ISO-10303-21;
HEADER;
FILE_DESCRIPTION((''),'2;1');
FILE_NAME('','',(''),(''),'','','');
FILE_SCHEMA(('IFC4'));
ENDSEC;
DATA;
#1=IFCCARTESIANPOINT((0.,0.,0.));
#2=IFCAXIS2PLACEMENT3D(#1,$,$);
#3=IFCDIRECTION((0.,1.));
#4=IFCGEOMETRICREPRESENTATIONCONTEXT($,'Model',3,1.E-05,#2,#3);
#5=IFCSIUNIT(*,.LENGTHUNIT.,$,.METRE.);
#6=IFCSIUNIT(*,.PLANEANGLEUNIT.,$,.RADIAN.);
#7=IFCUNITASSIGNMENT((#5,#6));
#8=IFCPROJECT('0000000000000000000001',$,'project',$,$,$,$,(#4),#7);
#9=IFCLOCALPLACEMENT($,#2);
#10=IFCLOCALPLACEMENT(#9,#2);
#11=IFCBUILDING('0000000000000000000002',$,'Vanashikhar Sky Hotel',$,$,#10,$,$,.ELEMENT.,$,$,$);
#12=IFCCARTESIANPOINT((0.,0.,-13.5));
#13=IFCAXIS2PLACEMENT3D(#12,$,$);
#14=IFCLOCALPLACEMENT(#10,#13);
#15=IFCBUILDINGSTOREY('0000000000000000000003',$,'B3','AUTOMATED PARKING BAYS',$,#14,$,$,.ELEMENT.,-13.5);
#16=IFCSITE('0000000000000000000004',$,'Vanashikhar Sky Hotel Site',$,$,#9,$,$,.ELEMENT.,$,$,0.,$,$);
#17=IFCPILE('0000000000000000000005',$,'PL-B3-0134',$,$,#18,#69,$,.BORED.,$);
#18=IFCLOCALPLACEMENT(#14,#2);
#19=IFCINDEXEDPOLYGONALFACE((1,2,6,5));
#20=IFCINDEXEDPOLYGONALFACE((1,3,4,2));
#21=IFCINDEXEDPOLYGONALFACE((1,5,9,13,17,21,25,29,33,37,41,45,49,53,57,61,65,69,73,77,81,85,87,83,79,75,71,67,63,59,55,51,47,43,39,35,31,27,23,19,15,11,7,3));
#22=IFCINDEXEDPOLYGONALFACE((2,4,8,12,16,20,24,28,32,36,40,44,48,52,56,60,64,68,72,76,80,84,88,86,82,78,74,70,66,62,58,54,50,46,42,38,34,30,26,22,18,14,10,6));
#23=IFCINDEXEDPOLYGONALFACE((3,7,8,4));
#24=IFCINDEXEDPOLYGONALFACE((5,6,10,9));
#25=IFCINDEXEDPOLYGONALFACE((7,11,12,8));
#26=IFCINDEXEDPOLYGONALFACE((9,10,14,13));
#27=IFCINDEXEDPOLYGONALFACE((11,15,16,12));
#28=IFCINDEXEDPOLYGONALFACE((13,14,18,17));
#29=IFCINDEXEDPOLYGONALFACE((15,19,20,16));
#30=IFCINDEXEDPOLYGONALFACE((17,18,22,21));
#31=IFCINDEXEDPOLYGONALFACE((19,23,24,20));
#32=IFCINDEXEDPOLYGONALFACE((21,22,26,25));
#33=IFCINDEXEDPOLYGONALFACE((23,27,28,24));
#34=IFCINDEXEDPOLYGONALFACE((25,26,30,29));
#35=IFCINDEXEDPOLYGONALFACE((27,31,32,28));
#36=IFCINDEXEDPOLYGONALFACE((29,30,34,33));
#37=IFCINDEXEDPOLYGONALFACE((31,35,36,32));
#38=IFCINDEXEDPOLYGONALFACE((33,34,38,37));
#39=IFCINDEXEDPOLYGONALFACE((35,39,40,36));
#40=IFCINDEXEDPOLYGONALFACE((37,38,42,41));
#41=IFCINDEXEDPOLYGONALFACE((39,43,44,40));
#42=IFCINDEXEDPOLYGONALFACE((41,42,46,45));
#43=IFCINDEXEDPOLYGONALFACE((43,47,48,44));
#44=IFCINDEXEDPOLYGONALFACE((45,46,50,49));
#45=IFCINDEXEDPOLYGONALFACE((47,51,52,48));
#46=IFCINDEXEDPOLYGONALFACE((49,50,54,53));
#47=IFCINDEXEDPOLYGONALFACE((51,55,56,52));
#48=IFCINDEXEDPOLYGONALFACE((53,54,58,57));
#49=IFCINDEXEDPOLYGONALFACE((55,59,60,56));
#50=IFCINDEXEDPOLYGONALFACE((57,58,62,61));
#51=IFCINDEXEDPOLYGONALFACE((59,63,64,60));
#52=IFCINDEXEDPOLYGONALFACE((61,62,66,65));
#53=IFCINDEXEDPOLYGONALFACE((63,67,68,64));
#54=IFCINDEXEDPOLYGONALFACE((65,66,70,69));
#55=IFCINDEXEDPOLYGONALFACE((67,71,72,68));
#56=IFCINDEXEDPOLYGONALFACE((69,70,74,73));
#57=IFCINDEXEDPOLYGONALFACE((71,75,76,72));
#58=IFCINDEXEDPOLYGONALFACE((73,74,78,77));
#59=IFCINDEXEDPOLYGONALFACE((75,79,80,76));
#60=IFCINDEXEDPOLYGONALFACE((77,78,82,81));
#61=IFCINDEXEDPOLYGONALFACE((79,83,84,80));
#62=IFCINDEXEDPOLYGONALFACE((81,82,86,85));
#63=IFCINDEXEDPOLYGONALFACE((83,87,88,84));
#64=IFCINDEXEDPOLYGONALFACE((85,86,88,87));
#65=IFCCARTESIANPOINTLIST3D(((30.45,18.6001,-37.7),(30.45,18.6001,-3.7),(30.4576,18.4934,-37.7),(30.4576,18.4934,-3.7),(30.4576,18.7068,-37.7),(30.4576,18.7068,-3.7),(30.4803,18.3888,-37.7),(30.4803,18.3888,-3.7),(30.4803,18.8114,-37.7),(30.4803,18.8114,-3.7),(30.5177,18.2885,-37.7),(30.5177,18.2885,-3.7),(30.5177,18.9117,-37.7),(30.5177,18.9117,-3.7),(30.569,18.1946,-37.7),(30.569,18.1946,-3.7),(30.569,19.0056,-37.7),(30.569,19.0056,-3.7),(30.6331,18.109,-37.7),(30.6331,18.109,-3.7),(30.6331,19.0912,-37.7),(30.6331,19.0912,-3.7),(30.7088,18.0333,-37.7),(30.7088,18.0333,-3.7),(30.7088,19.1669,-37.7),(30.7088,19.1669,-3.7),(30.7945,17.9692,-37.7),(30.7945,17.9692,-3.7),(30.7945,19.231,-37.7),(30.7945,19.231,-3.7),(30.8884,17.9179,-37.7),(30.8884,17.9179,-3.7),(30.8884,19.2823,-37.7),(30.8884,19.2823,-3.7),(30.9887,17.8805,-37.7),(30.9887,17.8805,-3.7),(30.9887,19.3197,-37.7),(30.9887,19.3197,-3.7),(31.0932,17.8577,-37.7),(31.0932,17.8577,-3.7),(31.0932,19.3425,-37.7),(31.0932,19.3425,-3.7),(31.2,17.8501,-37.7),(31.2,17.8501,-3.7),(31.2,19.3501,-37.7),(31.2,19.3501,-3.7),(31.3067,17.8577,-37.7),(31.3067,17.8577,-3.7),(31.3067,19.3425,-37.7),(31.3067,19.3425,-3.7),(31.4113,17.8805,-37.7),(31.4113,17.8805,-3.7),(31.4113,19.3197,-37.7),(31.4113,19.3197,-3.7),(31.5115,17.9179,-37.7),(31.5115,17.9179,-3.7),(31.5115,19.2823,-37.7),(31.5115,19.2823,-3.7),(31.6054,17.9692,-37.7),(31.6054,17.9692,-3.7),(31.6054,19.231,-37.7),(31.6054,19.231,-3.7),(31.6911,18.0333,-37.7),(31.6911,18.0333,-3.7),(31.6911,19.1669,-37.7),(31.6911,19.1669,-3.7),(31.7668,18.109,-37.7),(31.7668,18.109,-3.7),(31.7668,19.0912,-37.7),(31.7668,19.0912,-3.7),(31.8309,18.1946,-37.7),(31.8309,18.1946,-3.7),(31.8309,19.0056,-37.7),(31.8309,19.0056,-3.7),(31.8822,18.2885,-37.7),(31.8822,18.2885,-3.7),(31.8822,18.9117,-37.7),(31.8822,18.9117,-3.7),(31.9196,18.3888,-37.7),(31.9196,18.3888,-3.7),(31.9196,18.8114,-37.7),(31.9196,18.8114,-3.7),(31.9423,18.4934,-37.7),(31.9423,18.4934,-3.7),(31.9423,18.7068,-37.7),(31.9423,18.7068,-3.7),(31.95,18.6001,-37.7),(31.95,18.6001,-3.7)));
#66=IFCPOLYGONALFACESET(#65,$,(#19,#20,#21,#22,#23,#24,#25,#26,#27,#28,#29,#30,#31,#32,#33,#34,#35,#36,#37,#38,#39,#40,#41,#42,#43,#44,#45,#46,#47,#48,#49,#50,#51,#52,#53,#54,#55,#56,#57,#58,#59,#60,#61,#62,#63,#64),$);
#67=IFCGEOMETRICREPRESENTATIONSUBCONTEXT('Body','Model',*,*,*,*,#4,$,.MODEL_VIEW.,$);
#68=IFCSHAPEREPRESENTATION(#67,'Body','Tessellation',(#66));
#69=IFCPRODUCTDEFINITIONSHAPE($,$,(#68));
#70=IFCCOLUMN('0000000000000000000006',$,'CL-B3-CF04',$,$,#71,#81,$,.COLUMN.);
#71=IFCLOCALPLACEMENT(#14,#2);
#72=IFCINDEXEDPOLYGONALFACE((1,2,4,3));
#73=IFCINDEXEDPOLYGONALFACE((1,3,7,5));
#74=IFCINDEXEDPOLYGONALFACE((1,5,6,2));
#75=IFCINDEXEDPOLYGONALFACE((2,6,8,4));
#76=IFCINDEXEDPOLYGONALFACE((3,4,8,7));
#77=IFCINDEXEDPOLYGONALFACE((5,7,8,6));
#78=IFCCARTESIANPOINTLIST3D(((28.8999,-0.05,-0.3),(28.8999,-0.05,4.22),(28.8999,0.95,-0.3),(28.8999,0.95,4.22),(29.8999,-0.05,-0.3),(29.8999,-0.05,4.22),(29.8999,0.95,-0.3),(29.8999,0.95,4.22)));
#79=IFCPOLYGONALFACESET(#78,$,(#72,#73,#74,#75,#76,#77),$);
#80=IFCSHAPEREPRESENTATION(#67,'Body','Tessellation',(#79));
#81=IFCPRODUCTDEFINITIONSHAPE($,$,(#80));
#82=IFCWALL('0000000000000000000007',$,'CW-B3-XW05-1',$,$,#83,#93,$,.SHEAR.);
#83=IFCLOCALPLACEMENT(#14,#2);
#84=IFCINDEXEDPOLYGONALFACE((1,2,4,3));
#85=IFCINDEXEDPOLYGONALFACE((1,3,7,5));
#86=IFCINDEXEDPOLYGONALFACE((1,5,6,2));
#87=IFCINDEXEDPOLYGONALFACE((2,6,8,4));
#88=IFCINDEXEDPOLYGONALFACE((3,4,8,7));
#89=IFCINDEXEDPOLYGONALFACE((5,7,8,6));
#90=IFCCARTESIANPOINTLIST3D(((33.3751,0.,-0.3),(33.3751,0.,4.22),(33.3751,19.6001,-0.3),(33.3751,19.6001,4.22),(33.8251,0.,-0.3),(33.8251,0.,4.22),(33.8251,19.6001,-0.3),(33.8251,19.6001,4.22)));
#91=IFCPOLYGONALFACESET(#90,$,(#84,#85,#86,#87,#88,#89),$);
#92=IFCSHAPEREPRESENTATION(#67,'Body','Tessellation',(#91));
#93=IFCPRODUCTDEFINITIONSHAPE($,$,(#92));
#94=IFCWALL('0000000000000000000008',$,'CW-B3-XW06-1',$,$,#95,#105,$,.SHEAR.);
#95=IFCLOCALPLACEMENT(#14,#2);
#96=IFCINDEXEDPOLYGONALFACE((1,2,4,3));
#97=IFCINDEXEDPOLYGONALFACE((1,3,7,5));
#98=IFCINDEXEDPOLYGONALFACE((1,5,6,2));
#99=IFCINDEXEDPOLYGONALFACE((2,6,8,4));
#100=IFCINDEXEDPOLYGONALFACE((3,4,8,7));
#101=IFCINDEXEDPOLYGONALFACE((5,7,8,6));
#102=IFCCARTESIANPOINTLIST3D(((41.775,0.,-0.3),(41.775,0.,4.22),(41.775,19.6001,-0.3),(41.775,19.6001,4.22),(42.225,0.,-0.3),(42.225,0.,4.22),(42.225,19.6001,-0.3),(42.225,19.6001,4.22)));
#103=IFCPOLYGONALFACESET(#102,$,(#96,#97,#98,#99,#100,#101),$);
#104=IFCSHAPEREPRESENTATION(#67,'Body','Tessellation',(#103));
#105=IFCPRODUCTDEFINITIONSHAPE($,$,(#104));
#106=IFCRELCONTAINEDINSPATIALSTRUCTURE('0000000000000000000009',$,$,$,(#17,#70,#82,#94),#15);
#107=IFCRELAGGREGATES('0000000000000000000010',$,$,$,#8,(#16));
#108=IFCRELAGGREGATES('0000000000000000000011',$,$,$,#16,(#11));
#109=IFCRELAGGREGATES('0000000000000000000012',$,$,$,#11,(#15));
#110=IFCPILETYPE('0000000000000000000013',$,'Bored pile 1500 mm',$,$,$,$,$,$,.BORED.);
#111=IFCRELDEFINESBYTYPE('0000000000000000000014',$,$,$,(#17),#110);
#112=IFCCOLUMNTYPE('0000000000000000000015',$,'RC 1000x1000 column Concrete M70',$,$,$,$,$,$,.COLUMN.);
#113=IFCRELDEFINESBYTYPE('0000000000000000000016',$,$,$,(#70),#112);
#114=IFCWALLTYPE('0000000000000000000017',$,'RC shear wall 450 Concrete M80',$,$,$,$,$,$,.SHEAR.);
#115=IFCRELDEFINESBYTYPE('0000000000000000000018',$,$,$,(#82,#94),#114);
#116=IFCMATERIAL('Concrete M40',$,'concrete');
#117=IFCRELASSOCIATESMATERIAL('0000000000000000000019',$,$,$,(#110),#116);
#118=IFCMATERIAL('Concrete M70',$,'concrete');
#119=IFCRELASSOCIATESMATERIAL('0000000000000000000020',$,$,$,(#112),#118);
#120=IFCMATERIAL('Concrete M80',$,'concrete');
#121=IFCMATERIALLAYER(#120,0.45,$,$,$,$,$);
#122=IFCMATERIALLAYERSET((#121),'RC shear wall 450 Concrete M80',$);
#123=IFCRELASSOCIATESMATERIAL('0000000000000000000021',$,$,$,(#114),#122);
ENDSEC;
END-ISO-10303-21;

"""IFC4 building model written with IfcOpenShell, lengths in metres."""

from ifc_helpers import new_model, si_unit, direction, frame, frame_2d, origin, origin_2d, place, context, subcontext, project, spatial, rectangle, circle, extrude, source, transform, mapped, material, layer, layer_set, material_profile, profile_set, type_object, element, save


model = new_model("IFC4")

# Units and contexts
model_context = context("Model", 3, precision=1e-05, world=origin(), true_north=direction((0.0, 1.0)))
body_context = subcontext(model_context, "Body", "Model", "MODEL_VIEW")
ifc_project = project(units=[si_unit("LENGTHUNIT", "METRE"), si_unit("PLANEANGLEUNIT", "RADIAN")], contexts=[model_context])

# Site, building, storey
site_placement = place(None, origin())
site = spatial("IfcSite", under=ifc_project, at=site_placement, Name="Vanashikhar Sky Hotel Site", CompositionType="ELEMENT", RefElevation=0.0)
building_placement = place(site_placement, origin())
building = spatial("IfcBuilding", under=site, at=building_placement, Name="Vanashikhar Sky Hotel", CompositionType="ELEMENT")
storey_placement = place(building_placement, frame((0.0, 0.0, -13.5)))
storey = spatial("IfcBuildingStorey", under=building, at=storey_placement, Name="B3", Description="AUTOMATED PARKING BAYS", CompositionType="ELEMENT", Elevation=-13.5)

# Pile
ifc_material_1 = material(Name="Concrete M40", Category="concrete")
pile_type = type_object("IfcPileType", Name="Bored pile 1500 mm", PredefinedType="BORED", material=ifc_material_1)
shared_shape_1 = source(origin(), body_context, "Body", "SweptSolid", [
    extrude(circle(Radius=0.75, at=origin_2d()), origin(), (0.0, 0.0, 1.0), 34.0),
])
for number, where, z_axis, x_axis, name in (
    (1, (31.2, 18.6001, -3.7), (0.0, 0.0, -1.0), (1.0, 0.0, 0.0), "PL-B3-0134"),
):
    element("IfcPile", number, at=place(storey_placement, frame(where, z_axis=z_axis, x_axis=x_axis)), inside=storey, type_object=pile_type, Name=name, PredefinedType="BORED", context=body_context, shape_type="MappedRepresentation", body=[
        mapped(shared_shape_1, transform((0.0, 0.0, 0.0), scale=1.0)),
    ])

# Column
ifc_material_2 = material(Name="Concrete M70", Category="concrete")
ifc_material_profile = material_profile(ifc_material_2, rectangle(XDim=1.0, YDim=1.0, at=origin_2d()))
ifc_profile_set = profile_set([ifc_material_profile], Name="RC 1000x1000 column Concrete M70")
column_type = type_object("IfcColumnType", Name="RC 1000x1000 column Concrete M70", PredefinedType="COLUMN", material=ifc_profile_set)
shared_shape_2 = source(origin(), body_context, "Body", "SweptSolid", [
    extrude(rectangle(XDim=1.0, YDim=1.0, at=origin_2d()), origin(), (0.0, 0.0, 1.0), 4.52),
])
column_placement = place(storey_placement, frame((29.3999, 0.45, -0.3), z_axis=(0.0, 0.0, 1.0), x_axis=(1.0, 0.0, 0.0)))
element("IfcColumn", 2, at=column_placement, inside=storey, type_object=column_type, Name="CL-B3-CF04", PredefinedType="COLUMN", context=body_context, shape_type="MappedRepresentation", body=[
    mapped(shared_shape_2, transform((0.0, 0.0, 0.0), scale=1.0)),
])

# Walls
ifc_material_3 = material(Name="Concrete M80", Category="concrete")
ifc_layer = layer(ifc_material_3, 0.45)
ifc_layer_set = layer_set([ifc_layer], Name="RC shear wall 450 Concrete M80")
wall_type = type_object("IfcWallType", Name="RC shear wall 450 Concrete M80", PredefinedType="SHEAR", material=ifc_layer_set)
shared_shape_3 = source(origin(), body_context, "Body", "SweptSolid", [
    extrude(rectangle(XDim=19.6001, YDim=0.45, at=frame_2d((9.8, 0.0))), origin(), (0.0, 0.0, 1.0), 4.52),
])
for number, where, z_axis, x_axis, name in (
    (3, (33.6001, 0.0, -0.3), (0.0, 0.0, 1.0), (0.0, 1.0, 0.0), "CW-B3-XW05-1"),
    (4, (42.0, 0.0, -0.3), (0.0, 0.0, 1.0), (0.0, 1.0, 0.0), "CW-B3-XW06-1"),
):
    element("IfcWall", number, at=place(storey_placement, frame(where, z_axis=z_axis, x_axis=x_axis)), inside=storey, type_object=wall_type, Name=name, PredefinedType="SHEAR", context=body_context, shape_type="MappedRepresentation", body=[
        mapped(shared_shape_3, transform((0.0, 0.0, 0.0), scale=1.0)),
    ])

save(model, "model.ifc")
